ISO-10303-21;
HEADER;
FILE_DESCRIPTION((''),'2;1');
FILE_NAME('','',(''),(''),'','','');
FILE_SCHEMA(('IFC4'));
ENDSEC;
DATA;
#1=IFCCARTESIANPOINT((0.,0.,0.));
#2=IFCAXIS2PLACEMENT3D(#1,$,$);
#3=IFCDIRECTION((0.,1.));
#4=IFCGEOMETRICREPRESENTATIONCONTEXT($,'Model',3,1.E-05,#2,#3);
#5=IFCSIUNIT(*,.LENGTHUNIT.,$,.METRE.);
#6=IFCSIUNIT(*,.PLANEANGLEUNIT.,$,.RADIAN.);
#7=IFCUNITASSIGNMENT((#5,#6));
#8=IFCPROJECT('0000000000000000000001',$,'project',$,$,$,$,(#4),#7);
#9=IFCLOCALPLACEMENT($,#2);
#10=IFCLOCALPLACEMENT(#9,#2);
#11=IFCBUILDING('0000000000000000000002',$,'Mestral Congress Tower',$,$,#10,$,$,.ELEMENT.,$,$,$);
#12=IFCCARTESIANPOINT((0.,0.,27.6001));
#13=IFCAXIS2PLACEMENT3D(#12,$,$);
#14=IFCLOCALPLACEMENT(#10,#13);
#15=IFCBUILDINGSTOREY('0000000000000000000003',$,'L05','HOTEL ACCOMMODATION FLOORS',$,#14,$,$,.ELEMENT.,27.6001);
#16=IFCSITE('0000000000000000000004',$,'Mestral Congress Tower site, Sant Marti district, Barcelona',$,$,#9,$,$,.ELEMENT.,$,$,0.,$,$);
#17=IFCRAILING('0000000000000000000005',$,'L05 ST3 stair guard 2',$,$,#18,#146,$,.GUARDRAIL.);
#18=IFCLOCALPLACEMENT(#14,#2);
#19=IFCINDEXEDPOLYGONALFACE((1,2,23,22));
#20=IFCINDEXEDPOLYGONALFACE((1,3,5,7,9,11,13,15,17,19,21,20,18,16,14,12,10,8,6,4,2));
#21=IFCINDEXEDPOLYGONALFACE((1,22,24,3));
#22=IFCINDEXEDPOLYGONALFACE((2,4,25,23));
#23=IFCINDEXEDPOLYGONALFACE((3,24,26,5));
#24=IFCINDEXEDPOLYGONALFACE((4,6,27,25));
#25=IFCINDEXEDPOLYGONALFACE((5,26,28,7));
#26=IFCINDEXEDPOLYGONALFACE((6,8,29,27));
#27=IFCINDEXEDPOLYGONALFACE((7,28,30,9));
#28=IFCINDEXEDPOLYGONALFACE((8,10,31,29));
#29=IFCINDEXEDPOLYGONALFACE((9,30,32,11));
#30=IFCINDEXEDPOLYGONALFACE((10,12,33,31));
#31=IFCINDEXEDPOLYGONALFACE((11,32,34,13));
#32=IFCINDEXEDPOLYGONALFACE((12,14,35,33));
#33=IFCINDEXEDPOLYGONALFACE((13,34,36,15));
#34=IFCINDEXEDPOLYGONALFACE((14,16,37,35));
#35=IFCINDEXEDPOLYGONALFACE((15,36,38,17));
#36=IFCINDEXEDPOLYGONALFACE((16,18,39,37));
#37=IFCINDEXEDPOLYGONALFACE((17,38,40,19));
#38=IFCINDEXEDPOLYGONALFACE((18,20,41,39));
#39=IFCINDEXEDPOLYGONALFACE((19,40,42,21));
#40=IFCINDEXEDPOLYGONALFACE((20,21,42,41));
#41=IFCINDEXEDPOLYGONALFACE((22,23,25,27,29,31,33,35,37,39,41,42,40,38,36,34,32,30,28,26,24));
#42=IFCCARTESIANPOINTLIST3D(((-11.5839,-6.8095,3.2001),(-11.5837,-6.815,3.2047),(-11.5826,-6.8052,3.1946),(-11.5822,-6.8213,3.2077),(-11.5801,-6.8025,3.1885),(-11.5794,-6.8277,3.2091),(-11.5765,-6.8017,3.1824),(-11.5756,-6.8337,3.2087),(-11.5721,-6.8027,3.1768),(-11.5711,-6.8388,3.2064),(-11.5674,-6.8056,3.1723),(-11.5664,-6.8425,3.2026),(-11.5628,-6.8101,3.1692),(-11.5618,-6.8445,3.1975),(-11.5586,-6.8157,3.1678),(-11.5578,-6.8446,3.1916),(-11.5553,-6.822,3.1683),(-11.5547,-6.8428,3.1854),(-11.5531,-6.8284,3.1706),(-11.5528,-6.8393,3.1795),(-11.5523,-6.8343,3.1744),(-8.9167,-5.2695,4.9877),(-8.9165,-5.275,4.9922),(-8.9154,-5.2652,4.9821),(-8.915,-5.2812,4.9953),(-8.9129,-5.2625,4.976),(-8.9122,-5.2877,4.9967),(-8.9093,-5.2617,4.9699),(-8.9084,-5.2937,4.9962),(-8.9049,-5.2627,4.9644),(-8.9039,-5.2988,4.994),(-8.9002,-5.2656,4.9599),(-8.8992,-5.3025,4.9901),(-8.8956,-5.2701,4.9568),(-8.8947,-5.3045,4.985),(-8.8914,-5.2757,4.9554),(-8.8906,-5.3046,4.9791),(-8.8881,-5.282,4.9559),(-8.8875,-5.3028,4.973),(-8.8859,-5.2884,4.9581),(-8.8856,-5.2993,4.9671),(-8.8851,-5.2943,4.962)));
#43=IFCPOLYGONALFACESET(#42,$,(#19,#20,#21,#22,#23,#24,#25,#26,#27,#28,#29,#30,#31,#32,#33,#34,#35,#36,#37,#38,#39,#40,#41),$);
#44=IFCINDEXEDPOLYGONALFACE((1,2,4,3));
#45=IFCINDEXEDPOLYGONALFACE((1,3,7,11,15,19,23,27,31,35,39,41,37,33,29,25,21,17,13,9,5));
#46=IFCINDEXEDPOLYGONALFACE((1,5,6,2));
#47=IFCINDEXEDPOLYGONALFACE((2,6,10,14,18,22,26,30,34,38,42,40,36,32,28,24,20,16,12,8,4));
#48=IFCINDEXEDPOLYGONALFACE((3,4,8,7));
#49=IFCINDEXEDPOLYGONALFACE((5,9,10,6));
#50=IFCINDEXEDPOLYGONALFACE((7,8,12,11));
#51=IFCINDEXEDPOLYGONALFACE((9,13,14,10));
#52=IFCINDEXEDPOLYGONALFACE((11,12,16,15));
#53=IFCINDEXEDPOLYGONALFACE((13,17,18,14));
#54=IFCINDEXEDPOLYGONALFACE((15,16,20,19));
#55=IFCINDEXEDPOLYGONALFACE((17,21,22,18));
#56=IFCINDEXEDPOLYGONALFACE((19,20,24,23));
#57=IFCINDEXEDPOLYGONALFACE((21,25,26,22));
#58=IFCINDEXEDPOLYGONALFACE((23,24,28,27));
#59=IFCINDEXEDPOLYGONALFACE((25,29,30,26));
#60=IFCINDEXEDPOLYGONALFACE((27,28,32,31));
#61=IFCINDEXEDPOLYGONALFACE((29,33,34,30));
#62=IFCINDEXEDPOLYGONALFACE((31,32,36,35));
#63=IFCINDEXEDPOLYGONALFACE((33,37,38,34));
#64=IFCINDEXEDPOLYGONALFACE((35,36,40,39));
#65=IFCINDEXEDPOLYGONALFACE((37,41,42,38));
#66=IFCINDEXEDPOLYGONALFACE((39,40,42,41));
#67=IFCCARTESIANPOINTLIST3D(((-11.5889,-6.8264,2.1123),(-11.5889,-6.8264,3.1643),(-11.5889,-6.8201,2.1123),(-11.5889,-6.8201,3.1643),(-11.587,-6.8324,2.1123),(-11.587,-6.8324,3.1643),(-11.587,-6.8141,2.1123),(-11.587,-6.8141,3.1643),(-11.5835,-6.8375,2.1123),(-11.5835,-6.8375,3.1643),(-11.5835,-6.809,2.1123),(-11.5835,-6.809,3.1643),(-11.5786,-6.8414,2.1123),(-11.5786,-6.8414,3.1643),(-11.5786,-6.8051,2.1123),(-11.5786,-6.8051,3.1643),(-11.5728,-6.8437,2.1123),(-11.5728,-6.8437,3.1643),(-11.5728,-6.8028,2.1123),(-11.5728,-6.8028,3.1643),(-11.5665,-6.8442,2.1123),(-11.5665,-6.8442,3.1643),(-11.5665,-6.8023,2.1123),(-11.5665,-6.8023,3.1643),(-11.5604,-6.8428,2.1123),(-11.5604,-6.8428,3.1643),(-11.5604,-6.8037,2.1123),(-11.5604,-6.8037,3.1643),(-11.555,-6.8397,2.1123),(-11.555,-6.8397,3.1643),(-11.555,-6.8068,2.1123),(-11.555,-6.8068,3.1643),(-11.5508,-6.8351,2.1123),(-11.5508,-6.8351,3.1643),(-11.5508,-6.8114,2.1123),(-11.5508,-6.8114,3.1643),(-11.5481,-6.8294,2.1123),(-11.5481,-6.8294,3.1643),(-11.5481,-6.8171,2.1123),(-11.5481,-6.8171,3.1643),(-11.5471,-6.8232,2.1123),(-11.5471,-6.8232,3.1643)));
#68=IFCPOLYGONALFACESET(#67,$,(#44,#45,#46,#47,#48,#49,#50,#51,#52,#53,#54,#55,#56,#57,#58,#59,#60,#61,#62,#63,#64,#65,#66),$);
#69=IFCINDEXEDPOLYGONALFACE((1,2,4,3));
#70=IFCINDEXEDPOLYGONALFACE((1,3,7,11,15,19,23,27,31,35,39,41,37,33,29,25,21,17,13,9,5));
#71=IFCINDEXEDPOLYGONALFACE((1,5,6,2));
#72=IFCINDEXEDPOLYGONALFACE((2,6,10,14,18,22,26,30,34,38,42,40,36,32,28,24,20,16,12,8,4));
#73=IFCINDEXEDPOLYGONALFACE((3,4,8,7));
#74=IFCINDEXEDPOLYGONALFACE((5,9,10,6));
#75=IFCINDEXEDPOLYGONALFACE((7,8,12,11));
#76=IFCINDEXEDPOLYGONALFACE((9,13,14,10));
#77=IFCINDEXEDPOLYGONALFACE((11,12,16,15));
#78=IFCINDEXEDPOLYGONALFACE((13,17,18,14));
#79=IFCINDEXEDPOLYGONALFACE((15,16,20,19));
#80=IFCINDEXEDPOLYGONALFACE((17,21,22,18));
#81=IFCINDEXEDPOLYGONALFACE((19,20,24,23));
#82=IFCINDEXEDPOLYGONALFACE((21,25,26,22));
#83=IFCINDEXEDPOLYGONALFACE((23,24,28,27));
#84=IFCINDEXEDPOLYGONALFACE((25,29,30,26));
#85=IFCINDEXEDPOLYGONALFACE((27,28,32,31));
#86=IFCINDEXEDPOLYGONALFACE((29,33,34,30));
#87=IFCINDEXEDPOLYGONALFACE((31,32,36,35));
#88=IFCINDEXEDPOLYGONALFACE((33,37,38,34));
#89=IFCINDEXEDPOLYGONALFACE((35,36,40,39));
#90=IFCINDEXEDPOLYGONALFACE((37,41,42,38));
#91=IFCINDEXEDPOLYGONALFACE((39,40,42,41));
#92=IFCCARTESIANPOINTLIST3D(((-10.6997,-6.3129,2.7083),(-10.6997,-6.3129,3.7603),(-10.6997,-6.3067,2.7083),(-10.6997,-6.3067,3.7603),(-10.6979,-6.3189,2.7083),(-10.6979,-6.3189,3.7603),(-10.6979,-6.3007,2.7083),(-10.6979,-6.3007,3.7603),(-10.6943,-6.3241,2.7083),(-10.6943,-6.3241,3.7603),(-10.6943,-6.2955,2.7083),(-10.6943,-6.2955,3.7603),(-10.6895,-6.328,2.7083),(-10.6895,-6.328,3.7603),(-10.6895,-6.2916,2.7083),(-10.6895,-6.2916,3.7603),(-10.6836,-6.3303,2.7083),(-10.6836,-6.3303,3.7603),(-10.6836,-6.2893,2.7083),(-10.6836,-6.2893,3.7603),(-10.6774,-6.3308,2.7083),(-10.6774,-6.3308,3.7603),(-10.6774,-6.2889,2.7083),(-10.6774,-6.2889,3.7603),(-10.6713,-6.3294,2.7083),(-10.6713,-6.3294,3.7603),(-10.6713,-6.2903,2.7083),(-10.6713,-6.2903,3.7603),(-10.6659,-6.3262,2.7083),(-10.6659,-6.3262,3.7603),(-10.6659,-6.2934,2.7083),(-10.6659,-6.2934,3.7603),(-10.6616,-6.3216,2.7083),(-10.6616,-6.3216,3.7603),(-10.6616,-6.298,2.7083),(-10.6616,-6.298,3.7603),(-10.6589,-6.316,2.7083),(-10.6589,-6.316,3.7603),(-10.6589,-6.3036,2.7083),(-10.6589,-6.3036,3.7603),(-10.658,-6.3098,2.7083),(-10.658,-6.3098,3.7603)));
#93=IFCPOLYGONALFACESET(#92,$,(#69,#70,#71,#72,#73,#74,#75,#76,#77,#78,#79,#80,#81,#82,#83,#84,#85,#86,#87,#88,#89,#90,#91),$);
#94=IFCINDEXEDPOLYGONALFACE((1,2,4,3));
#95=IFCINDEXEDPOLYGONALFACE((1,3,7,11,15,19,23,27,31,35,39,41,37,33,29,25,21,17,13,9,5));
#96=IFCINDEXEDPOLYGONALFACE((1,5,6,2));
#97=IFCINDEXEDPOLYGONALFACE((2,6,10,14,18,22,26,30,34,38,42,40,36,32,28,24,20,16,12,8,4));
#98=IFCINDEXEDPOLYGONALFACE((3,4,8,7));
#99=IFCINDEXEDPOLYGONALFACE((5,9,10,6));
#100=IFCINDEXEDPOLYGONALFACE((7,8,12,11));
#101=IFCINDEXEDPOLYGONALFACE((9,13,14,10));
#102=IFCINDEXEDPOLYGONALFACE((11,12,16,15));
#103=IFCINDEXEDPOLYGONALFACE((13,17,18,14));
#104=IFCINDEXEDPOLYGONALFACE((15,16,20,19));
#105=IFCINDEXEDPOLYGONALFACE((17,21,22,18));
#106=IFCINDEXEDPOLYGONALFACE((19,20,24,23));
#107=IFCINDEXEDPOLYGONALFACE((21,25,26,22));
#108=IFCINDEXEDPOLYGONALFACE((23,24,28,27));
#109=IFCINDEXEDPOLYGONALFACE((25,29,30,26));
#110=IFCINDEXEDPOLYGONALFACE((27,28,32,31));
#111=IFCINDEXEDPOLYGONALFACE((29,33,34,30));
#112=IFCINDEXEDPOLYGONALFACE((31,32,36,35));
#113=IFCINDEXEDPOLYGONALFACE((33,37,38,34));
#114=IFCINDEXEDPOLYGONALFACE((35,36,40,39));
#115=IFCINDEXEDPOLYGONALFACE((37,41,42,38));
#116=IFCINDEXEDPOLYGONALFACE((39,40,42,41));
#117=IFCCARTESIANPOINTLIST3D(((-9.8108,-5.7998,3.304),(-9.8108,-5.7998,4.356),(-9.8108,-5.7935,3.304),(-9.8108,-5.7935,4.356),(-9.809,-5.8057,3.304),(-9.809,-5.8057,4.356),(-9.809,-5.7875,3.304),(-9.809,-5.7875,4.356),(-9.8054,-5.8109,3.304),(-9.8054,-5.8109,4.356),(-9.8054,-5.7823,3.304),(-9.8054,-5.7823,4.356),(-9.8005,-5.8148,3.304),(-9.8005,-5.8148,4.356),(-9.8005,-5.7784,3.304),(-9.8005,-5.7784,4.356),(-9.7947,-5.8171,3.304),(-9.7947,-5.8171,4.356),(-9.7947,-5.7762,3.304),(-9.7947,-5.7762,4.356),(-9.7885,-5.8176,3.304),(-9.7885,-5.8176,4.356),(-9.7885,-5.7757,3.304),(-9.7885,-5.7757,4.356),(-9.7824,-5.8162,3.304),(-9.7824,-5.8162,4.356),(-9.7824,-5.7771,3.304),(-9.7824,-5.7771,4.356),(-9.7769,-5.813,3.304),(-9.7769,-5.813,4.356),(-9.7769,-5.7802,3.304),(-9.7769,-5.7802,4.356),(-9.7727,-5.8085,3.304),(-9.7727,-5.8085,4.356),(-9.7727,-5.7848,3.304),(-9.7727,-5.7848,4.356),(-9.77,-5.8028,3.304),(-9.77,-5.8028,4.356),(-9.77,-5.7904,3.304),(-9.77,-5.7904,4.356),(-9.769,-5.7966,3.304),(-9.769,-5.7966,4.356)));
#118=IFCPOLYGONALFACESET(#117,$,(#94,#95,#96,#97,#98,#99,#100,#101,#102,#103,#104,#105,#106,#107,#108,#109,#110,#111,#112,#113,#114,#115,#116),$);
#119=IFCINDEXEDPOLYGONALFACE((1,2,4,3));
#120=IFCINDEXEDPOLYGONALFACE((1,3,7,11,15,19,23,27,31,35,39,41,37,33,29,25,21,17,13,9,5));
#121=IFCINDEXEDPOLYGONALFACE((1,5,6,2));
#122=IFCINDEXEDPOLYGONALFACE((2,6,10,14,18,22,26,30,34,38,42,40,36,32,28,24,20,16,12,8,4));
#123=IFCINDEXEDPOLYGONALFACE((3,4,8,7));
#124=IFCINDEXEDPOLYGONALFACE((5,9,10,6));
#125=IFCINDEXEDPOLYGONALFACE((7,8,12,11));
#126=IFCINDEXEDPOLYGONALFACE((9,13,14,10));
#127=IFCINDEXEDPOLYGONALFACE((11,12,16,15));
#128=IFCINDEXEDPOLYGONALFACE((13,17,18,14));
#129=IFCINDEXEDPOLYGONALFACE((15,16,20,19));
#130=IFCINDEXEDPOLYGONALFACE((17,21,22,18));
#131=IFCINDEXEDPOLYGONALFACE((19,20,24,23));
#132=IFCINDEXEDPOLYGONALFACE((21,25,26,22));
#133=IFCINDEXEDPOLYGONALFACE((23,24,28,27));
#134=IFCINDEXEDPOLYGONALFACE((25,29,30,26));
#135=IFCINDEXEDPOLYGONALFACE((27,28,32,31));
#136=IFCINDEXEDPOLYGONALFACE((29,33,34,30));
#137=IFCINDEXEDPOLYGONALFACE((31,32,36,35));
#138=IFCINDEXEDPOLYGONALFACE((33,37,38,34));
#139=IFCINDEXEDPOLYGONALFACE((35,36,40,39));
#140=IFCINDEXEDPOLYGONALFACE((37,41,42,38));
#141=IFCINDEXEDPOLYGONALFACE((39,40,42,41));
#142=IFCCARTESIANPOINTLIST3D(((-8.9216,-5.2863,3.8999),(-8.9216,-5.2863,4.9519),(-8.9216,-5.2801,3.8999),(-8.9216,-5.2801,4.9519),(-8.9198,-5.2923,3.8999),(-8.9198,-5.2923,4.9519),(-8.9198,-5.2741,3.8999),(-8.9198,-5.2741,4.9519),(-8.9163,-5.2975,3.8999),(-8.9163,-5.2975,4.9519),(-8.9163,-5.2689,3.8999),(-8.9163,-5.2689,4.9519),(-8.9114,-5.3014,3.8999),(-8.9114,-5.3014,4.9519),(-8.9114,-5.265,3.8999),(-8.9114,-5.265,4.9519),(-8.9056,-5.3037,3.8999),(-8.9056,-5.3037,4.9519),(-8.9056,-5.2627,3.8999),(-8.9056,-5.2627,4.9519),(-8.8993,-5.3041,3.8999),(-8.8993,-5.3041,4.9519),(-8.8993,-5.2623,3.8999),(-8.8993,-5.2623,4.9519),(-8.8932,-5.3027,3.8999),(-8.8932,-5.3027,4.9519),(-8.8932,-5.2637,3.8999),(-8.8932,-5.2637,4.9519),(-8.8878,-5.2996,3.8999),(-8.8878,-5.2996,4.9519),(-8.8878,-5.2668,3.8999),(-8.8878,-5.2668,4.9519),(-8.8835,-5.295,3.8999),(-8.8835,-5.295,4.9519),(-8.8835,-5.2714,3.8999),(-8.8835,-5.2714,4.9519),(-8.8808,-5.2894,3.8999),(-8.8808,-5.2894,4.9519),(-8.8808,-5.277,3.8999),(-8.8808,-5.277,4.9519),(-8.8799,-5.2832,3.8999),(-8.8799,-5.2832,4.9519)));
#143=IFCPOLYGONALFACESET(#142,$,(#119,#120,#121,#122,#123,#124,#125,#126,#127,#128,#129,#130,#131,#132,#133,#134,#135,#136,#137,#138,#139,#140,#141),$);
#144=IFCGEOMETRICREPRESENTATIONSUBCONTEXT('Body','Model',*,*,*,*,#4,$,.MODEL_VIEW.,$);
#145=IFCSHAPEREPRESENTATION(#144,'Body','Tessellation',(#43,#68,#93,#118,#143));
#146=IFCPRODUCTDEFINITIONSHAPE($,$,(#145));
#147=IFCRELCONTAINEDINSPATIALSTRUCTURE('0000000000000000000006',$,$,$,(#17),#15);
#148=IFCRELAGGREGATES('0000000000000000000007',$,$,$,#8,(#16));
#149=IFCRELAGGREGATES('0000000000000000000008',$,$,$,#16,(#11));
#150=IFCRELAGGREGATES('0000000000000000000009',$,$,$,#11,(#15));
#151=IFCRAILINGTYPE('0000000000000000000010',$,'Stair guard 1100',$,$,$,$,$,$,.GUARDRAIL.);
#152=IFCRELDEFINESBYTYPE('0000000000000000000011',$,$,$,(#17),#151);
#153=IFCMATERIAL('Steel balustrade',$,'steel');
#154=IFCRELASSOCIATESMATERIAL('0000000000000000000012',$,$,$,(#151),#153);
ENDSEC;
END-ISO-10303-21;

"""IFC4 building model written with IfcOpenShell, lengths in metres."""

from ifc_helpers import new_model, si_unit, direction, frame, origin, origin_2d, place, context, subcontext, project, spatial, circle, extrude, material, type_object, element, save


model = new_model("IFC4")

# Units and contexts
model_context = context("Model", 3, precision=1e-05, world=origin(), true_north=direction((0.0, 1.0)))
body_context = subcontext(model_context, "Body", "Model", "MODEL_VIEW")
ifc_project = project(units=[si_unit("LENGTHUNIT", "METRE"), si_unit("PLANEANGLEUNIT", "RADIAN")], contexts=[model_context])

# Site, building, storey
site_placement = place(None, origin())
site = spatial("IfcSite", under=ifc_project, at=site_placement, Name="Mestral Congress Tower site, Sant Marti district, Barcelona", CompositionType="ELEMENT", RefElevation=0.0)
building_placement = place(site_placement, origin())
building = spatial("IfcBuilding", under=site, at=building_placement, Name="Mestral Congress Tower", CompositionType="ELEMENT")
storey_placement = place(building_placement, frame((0.0, 0.0, 27.6001)))
storey = spatial("IfcBuildingStorey", under=building, at=storey_placement, Name="L05", Description="HOTEL ACCOMMODATION FLOORS", CompositionType="ELEMENT", Elevation=27.6001)

# Railing
ifc_material_1 = material(Name="Steel balustrade", Category="steel")
railing_type_1 = type_object("IfcRailingType", Name="Stair guard 1100", PredefinedType="GUARDRAIL", material=ifc_material_1)
railing_1_placement = place(storey_placement, frame((-11.5681, -6.8232, 2.1123)))
element("IfcRailing", 1, at=railing_1_placement, inside=storey, type_object=railing_type_1, Name="L05 ST3 stair guard 2", PredefinedType="GUARDRAIL", context=body_context, shape_type="SweptSolid", body=[
    extrude(circle(Radius=0.0239, at=origin_2d()), frame((0.0, 0.0, 1.0762), z_axis=(0.748994, 0.432463, 0.50198), x_axis=(-0.500027, 0.86601, 0.0)), (0.0, 0.0, 1.0), 3.561),
    extrude(circle(Radius=0.021, at=origin_2d()), origin(), (0.0, 0.0, 1.0), 1.052),
    extrude(circle(Radius=0.021, at=origin_2d()), frame((0.8892, 0.5134, 0.5959)), (0.0, 0.0, 1.0), 1.052),
    extrude(circle(Radius=0.021, at=origin_2d()), frame((1.7781, 1.0266, 1.1917)), (0.0, 0.0, 1.0), 1.052),
    extrude(circle(Radius=0.021, at=origin_2d()), frame((2.6672, 1.54, 1.7876)), (0.0, 0.0, 1.0), 1.052),
])

save(model, "model.ifc")
